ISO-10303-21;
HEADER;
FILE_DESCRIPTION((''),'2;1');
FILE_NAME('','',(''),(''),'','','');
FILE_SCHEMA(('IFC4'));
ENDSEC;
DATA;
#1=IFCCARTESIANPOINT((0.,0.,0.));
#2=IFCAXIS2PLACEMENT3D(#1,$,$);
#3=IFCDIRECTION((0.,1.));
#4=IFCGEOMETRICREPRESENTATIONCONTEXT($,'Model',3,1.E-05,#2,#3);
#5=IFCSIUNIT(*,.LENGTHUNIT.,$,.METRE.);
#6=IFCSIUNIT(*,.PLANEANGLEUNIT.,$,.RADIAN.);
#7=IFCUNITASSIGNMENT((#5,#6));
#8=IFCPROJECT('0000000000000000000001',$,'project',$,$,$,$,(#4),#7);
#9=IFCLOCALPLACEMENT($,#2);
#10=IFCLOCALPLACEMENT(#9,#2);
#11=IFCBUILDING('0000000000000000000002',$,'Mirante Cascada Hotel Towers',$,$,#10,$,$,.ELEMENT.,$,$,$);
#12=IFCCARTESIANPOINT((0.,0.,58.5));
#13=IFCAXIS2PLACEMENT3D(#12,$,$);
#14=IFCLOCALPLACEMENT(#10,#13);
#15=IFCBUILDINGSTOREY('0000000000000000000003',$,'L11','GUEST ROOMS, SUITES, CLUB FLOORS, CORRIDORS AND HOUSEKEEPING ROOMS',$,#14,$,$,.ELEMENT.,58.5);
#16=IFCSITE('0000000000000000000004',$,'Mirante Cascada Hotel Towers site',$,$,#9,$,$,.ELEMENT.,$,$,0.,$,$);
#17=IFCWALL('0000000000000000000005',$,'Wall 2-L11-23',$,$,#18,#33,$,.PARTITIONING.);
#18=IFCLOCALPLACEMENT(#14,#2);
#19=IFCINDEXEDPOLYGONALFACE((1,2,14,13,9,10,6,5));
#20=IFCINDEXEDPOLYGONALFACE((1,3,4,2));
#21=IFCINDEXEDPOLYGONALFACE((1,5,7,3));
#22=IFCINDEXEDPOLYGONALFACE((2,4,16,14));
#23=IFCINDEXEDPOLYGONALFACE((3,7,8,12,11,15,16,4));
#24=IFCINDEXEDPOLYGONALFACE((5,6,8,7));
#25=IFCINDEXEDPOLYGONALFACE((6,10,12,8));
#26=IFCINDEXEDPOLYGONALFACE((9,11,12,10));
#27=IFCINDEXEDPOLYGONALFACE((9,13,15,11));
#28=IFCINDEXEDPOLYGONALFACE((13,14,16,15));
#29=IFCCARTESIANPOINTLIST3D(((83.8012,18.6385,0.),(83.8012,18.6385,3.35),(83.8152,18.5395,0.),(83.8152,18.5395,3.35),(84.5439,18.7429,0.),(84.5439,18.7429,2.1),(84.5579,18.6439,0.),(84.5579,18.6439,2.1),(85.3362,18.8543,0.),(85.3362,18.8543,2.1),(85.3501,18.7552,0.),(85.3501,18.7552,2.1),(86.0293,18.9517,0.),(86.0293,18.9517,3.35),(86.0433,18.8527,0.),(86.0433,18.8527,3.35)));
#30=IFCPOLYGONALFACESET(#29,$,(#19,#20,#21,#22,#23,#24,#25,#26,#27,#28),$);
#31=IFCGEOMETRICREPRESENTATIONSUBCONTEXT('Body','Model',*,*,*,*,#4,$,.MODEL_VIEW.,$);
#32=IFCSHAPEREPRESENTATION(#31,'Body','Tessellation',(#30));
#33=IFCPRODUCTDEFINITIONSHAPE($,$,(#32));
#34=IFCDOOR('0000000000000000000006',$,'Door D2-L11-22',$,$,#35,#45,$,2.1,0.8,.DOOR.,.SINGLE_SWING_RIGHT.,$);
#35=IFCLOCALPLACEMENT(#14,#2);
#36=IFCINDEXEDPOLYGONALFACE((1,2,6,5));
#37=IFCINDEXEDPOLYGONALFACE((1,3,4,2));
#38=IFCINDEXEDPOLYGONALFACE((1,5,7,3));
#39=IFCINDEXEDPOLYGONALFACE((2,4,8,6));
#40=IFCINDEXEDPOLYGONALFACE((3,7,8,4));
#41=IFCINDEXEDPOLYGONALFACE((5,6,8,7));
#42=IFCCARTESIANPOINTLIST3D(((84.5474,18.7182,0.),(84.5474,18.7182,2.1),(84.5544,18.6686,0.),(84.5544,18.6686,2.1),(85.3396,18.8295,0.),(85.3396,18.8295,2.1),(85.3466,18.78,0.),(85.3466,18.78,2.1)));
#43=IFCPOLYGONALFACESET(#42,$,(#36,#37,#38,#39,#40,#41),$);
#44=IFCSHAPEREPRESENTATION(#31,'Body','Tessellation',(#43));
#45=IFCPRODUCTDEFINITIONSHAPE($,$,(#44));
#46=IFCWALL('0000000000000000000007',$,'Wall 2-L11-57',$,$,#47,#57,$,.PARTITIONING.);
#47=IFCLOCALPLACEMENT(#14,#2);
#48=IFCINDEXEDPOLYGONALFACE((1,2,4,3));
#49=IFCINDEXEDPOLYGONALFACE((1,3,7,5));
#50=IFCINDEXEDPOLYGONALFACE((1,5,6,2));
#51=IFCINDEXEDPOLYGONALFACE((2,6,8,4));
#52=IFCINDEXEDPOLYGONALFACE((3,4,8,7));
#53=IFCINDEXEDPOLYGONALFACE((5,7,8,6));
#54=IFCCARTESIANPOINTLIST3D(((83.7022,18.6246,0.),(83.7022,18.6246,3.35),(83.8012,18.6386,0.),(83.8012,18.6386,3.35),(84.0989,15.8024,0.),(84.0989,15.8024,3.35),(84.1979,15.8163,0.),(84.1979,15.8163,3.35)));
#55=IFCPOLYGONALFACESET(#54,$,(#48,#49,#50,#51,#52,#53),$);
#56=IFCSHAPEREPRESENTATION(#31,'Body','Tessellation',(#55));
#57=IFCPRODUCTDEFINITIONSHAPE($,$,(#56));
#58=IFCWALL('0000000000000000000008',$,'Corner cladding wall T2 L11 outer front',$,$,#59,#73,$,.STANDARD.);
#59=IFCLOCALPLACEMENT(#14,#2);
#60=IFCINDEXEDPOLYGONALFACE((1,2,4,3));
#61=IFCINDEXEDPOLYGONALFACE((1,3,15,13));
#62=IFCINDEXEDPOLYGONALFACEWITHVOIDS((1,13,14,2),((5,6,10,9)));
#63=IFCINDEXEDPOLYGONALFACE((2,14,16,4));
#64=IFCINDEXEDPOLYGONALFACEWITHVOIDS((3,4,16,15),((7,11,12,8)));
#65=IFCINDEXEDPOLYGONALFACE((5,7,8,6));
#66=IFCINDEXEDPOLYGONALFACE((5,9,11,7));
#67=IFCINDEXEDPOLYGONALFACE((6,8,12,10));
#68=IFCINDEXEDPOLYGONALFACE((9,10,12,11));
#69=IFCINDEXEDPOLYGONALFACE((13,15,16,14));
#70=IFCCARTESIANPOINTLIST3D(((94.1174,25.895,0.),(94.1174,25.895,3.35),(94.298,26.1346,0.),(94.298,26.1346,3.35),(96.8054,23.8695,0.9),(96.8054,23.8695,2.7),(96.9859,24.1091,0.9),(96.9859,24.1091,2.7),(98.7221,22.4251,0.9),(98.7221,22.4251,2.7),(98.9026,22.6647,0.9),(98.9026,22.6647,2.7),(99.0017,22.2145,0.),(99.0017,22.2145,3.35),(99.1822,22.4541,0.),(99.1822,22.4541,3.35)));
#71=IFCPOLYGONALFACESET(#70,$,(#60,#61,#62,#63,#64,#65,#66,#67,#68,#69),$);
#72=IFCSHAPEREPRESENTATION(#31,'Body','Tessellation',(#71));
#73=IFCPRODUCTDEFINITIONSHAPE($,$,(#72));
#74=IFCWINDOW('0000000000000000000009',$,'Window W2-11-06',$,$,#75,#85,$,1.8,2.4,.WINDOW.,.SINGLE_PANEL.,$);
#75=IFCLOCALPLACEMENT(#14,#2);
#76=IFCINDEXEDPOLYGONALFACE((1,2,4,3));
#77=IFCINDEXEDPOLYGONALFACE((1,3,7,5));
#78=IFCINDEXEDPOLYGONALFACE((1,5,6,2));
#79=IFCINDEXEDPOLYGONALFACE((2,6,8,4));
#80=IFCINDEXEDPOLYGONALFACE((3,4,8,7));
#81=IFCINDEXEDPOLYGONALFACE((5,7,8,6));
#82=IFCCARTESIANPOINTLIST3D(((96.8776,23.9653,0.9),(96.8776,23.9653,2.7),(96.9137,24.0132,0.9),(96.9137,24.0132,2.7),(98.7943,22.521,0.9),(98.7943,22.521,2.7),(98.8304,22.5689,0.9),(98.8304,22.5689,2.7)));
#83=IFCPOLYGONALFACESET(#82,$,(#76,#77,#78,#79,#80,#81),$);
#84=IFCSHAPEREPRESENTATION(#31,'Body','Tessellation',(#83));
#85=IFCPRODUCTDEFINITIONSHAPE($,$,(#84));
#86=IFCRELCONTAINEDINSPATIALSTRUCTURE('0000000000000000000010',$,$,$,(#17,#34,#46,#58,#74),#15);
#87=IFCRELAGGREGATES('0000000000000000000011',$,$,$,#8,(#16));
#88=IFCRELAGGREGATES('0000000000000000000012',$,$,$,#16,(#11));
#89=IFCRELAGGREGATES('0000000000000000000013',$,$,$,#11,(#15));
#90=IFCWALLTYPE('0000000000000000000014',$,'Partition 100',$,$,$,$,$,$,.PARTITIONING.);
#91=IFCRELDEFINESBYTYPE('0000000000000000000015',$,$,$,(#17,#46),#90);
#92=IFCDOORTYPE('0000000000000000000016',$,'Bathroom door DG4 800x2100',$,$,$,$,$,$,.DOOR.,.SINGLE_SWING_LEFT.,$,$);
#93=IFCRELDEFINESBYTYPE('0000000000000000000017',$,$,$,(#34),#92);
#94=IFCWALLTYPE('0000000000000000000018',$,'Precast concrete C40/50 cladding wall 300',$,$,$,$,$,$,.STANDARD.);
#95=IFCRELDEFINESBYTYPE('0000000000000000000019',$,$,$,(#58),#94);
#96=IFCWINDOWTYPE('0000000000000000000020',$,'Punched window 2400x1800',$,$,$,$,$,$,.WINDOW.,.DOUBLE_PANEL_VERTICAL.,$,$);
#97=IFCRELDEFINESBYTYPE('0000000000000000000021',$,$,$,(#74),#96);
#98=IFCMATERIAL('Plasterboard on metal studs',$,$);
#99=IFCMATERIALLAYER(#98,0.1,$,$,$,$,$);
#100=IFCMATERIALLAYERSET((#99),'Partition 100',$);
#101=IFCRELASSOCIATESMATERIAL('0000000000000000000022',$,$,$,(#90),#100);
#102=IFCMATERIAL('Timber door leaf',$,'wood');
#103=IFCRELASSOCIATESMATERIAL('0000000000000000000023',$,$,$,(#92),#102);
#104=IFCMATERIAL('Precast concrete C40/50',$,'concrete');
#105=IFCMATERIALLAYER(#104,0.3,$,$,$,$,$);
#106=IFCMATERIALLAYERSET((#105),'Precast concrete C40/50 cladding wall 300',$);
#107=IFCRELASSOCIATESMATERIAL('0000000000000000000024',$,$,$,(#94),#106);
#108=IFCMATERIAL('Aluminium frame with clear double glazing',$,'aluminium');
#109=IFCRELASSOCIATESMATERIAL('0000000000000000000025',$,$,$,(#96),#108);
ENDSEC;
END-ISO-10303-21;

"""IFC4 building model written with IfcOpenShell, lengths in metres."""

from ifc_helpers import new_model, si_unit, direction, frame, frame_2d, origin, place, context, subcontext, project, spatial, rectangle, extrude, material, layer, layer_set, type_object, element, fill, save


model = new_model("IFC4")

# Units and contexts
model_context = context("Model", 3, precision=1e-05, world=origin(), true_north=direction((0.0, 1.0)))
body_context = subcontext(model_context, "Body", "Model", "MODEL_VIEW")
ifc_project = project(units=[si_unit("LENGTHUNIT", "METRE"), si_unit("PLANEANGLEUNIT", "RADIAN")], contexts=[model_context])

# Site, building, storey
site_placement = place(None, origin())
site = spatial("IfcSite", under=ifc_project, at=site_placement, Name="Mirante Cascada Hotel Towers site", CompositionType="ELEMENT", RefElevation=0.0)
building_placement = place(site_placement, origin())
building = spatial("IfcBuilding", under=site, at=building_placement, Name="Mirante Cascada Hotel Towers", CompositionType="ELEMENT")
storey_placement = place(building_placement, frame((0.0, 0.0, 58.5)))
storey = spatial("IfcBuildingStorey", under=building, at=storey_placement, Name="L11", Description="GUEST ROOMS, SUITES, CLUB FLOORS, CORRIDORS AND HOUSEKEEPING ROOMS", CompositionType="ELEMENT", Elevation=58.5)

# Wall, opening, door
ifc_material_1 = material(Name="Plasterboard on metal studs")
ifc_layer_1 = layer(ifc_material_1, 0.1)
ifc_layer_set_1 = layer_set([ifc_layer_1], Name="Partition 100")
wall_type_1 = type_object("IfcWallType", Name="Partition 100", PredefinedType="PARTITIONING", material=ifc_layer_set_1)
wall_1_placement = place(storey_placement, frame((86.0363, 18.9022, 0.0), z_axis=(0.0, 0.0, 1.0), x_axis=(-0.990264, -0.1392, 0.0)))
wall_1 = element("IfcWall", 1, at=wall_1_placement, inside=storey, type_object=wall_type_1, Name="Wall 2-L11-23", PredefinedType="PARTITIONING", context=body_context, shape_type="SweptSolid", body=[
    extrude(rectangle(XDim=2.25, YDim=0.1, at=frame_2d((1.125, 0.0))), origin(), (0.0, 0.0, 1.0), 3.35),
])
opening_1_placement = place(wall_1_placement, frame((0.7, 0.0, 0.0)))
opening_1 = element("IfcOpeningElement", 2, at=opening_1_placement, cuts=wall_1, PredefinedType="OPENING", context=body_context, shape_type="SweptSolid", body=[
    extrude(rectangle(XDim=0.8, YDim=2.1, at=frame_2d((0.4, 1.05))), frame((0.0, 0.05, 0.0), z_axis=(0.0, -1.0, 0.0), x_axis=(1.0, 0.0, 0.0)), (0.0, 0.0, 1.0), 0.1),
])
ifc_material_2 = material(Name="Timber door leaf", Category="wood")
door_type = type_object("IfcDoorType", Name="Bathroom door DG4 800x2100", OperationType="SINGLE_SWING_LEFT", PredefinedType="DOOR", material=ifc_material_2)
door_placement = place(opening_1_placement, frame((0.8, 0.0, 0.0), z_axis=(0.0, 0.0, 1.0), x_axis=(-1.0, 0.0, 0.0)))
door = element("IfcDoor", 3, at=door_placement, inside=storey, type_object=door_type, Name="Door D2-L11-22", OperationType="SINGLE_SWING_RIGHT", OverallHeight=2.1, OverallWidth=0.8, PredefinedType="DOOR", context=body_context, shape_type="SweptSolid", body=[
    extrude(rectangle(XDim=0.8, YDim=2.1, at=frame_2d((0.4, 1.05))), frame((0.0, 0.025, 0.0), z_axis=(0.0, -1.0, 0.0), x_axis=(1.0, 0.0, 0.0)), (0.0, 0.0, 1.0), 0.05),
])
fill(opening_1, door)

# Wall
wall_2_placement = place(storey_placement, frame((83.7517, 18.6316, 0.0), z_axis=(0.0, 0.0, 1.0), x_axis=(0.139191, -0.990266, 0.0)))
element("IfcWall", 4, at=wall_2_placement, inside=storey, type_object=wall_type_1, Name="Wall 2-L11-57", PredefinedType="PARTITIONING", context=body_context, shape_type="SweptSolid", body=[
    extrude(rectangle(XDim=2.85, YDim=0.1, at=frame_2d((1.425, 0.0))), origin(), (0.0, 0.0, 1.0), 3.35),
])

# Wall, opening, window
ifc_material_3 = material(Name="Precast concrete C40/50", Category="concrete")
ifc_layer_2 = layer(ifc_material_3, 0.3)
ifc_layer_set_2 = layer_set([ifc_layer_2], Name="Precast concrete C40/50 cladding wall 300")
wall_type_2 = type_object("IfcWallType", Name="Precast concrete C40/50 cladding wall 300", PredefinedType="STANDARD", material=ifc_layer_set_2)
wall_3_placement = place(storey_placement, frame((99.0919, 22.3343, 0.0), z_axis=(0.0, 0.0, 1.0), x_axis=(-0.798636, 0.601814, 0.0)))
wall_3 = element("IfcWall", 5, at=wall_3_placement, inside=storey, type_object=wall_type_2, Name="Corner cladding wall T2 L11 outer front", PredefinedType="STANDARD", context=body_context, shape_type="SweptSolid", body=[
    extrude(rectangle(XDim=6.1157, YDim=0.3, at=frame_2d((3.0578, 0.0))), origin(), (0.0, 0.0, 1.0), 3.35),
])
opening_2_placement = place(wall_3_placement, frame((0.35, 0.0, 0.9)))
opening_2 = element("IfcOpeningElement", 6, at=opening_2_placement, cuts=wall_3, PredefinedType="OPENING", context=body_context, shape_type="SweptSolid", body=[
    extrude(rectangle(XDim=2.4, YDim=1.8, at=frame_2d((1.2, 0.9))), frame((0.0, 0.15, 0.0), z_axis=(0.0, -1.0, 0.0), x_axis=(1.0, 0.0, 0.0)), (0.0, 0.0, 1.0), 0.3),
])
ifc_material_4 = material(Name="Aluminium frame with clear double glazing", Category="aluminium")
window_type = type_object("IfcWindowType", Name="Punched window 2400x1800", PartitioningType="DOUBLE_PANEL_VERTICAL", PredefinedType="WINDOW", material=ifc_material_4)
window_placement = place(opening_2_placement, origin())
window = element("IfcWindow", 7, at=window_placement, inside=storey, type_object=window_type, Name="Window W2-11-06", OverallHeight=1.8, OverallWidth=2.4, PartitioningType="SINGLE_PANEL", PredefinedType="WINDOW", context=body_context, shape_type="SweptSolid", body=[
    extrude(rectangle(XDim=2.4, YDim=1.8, at=frame_2d((1.2, 0.9))), frame((0.0, 0.03, 0.0), z_axis=(0.0, -1.0, 0.0), x_axis=(1.0, 0.0, 0.0)), (0.0, 0.0, 1.0), 0.06),
])
fill(opening_2, window)

save(model, "model.ifc")
